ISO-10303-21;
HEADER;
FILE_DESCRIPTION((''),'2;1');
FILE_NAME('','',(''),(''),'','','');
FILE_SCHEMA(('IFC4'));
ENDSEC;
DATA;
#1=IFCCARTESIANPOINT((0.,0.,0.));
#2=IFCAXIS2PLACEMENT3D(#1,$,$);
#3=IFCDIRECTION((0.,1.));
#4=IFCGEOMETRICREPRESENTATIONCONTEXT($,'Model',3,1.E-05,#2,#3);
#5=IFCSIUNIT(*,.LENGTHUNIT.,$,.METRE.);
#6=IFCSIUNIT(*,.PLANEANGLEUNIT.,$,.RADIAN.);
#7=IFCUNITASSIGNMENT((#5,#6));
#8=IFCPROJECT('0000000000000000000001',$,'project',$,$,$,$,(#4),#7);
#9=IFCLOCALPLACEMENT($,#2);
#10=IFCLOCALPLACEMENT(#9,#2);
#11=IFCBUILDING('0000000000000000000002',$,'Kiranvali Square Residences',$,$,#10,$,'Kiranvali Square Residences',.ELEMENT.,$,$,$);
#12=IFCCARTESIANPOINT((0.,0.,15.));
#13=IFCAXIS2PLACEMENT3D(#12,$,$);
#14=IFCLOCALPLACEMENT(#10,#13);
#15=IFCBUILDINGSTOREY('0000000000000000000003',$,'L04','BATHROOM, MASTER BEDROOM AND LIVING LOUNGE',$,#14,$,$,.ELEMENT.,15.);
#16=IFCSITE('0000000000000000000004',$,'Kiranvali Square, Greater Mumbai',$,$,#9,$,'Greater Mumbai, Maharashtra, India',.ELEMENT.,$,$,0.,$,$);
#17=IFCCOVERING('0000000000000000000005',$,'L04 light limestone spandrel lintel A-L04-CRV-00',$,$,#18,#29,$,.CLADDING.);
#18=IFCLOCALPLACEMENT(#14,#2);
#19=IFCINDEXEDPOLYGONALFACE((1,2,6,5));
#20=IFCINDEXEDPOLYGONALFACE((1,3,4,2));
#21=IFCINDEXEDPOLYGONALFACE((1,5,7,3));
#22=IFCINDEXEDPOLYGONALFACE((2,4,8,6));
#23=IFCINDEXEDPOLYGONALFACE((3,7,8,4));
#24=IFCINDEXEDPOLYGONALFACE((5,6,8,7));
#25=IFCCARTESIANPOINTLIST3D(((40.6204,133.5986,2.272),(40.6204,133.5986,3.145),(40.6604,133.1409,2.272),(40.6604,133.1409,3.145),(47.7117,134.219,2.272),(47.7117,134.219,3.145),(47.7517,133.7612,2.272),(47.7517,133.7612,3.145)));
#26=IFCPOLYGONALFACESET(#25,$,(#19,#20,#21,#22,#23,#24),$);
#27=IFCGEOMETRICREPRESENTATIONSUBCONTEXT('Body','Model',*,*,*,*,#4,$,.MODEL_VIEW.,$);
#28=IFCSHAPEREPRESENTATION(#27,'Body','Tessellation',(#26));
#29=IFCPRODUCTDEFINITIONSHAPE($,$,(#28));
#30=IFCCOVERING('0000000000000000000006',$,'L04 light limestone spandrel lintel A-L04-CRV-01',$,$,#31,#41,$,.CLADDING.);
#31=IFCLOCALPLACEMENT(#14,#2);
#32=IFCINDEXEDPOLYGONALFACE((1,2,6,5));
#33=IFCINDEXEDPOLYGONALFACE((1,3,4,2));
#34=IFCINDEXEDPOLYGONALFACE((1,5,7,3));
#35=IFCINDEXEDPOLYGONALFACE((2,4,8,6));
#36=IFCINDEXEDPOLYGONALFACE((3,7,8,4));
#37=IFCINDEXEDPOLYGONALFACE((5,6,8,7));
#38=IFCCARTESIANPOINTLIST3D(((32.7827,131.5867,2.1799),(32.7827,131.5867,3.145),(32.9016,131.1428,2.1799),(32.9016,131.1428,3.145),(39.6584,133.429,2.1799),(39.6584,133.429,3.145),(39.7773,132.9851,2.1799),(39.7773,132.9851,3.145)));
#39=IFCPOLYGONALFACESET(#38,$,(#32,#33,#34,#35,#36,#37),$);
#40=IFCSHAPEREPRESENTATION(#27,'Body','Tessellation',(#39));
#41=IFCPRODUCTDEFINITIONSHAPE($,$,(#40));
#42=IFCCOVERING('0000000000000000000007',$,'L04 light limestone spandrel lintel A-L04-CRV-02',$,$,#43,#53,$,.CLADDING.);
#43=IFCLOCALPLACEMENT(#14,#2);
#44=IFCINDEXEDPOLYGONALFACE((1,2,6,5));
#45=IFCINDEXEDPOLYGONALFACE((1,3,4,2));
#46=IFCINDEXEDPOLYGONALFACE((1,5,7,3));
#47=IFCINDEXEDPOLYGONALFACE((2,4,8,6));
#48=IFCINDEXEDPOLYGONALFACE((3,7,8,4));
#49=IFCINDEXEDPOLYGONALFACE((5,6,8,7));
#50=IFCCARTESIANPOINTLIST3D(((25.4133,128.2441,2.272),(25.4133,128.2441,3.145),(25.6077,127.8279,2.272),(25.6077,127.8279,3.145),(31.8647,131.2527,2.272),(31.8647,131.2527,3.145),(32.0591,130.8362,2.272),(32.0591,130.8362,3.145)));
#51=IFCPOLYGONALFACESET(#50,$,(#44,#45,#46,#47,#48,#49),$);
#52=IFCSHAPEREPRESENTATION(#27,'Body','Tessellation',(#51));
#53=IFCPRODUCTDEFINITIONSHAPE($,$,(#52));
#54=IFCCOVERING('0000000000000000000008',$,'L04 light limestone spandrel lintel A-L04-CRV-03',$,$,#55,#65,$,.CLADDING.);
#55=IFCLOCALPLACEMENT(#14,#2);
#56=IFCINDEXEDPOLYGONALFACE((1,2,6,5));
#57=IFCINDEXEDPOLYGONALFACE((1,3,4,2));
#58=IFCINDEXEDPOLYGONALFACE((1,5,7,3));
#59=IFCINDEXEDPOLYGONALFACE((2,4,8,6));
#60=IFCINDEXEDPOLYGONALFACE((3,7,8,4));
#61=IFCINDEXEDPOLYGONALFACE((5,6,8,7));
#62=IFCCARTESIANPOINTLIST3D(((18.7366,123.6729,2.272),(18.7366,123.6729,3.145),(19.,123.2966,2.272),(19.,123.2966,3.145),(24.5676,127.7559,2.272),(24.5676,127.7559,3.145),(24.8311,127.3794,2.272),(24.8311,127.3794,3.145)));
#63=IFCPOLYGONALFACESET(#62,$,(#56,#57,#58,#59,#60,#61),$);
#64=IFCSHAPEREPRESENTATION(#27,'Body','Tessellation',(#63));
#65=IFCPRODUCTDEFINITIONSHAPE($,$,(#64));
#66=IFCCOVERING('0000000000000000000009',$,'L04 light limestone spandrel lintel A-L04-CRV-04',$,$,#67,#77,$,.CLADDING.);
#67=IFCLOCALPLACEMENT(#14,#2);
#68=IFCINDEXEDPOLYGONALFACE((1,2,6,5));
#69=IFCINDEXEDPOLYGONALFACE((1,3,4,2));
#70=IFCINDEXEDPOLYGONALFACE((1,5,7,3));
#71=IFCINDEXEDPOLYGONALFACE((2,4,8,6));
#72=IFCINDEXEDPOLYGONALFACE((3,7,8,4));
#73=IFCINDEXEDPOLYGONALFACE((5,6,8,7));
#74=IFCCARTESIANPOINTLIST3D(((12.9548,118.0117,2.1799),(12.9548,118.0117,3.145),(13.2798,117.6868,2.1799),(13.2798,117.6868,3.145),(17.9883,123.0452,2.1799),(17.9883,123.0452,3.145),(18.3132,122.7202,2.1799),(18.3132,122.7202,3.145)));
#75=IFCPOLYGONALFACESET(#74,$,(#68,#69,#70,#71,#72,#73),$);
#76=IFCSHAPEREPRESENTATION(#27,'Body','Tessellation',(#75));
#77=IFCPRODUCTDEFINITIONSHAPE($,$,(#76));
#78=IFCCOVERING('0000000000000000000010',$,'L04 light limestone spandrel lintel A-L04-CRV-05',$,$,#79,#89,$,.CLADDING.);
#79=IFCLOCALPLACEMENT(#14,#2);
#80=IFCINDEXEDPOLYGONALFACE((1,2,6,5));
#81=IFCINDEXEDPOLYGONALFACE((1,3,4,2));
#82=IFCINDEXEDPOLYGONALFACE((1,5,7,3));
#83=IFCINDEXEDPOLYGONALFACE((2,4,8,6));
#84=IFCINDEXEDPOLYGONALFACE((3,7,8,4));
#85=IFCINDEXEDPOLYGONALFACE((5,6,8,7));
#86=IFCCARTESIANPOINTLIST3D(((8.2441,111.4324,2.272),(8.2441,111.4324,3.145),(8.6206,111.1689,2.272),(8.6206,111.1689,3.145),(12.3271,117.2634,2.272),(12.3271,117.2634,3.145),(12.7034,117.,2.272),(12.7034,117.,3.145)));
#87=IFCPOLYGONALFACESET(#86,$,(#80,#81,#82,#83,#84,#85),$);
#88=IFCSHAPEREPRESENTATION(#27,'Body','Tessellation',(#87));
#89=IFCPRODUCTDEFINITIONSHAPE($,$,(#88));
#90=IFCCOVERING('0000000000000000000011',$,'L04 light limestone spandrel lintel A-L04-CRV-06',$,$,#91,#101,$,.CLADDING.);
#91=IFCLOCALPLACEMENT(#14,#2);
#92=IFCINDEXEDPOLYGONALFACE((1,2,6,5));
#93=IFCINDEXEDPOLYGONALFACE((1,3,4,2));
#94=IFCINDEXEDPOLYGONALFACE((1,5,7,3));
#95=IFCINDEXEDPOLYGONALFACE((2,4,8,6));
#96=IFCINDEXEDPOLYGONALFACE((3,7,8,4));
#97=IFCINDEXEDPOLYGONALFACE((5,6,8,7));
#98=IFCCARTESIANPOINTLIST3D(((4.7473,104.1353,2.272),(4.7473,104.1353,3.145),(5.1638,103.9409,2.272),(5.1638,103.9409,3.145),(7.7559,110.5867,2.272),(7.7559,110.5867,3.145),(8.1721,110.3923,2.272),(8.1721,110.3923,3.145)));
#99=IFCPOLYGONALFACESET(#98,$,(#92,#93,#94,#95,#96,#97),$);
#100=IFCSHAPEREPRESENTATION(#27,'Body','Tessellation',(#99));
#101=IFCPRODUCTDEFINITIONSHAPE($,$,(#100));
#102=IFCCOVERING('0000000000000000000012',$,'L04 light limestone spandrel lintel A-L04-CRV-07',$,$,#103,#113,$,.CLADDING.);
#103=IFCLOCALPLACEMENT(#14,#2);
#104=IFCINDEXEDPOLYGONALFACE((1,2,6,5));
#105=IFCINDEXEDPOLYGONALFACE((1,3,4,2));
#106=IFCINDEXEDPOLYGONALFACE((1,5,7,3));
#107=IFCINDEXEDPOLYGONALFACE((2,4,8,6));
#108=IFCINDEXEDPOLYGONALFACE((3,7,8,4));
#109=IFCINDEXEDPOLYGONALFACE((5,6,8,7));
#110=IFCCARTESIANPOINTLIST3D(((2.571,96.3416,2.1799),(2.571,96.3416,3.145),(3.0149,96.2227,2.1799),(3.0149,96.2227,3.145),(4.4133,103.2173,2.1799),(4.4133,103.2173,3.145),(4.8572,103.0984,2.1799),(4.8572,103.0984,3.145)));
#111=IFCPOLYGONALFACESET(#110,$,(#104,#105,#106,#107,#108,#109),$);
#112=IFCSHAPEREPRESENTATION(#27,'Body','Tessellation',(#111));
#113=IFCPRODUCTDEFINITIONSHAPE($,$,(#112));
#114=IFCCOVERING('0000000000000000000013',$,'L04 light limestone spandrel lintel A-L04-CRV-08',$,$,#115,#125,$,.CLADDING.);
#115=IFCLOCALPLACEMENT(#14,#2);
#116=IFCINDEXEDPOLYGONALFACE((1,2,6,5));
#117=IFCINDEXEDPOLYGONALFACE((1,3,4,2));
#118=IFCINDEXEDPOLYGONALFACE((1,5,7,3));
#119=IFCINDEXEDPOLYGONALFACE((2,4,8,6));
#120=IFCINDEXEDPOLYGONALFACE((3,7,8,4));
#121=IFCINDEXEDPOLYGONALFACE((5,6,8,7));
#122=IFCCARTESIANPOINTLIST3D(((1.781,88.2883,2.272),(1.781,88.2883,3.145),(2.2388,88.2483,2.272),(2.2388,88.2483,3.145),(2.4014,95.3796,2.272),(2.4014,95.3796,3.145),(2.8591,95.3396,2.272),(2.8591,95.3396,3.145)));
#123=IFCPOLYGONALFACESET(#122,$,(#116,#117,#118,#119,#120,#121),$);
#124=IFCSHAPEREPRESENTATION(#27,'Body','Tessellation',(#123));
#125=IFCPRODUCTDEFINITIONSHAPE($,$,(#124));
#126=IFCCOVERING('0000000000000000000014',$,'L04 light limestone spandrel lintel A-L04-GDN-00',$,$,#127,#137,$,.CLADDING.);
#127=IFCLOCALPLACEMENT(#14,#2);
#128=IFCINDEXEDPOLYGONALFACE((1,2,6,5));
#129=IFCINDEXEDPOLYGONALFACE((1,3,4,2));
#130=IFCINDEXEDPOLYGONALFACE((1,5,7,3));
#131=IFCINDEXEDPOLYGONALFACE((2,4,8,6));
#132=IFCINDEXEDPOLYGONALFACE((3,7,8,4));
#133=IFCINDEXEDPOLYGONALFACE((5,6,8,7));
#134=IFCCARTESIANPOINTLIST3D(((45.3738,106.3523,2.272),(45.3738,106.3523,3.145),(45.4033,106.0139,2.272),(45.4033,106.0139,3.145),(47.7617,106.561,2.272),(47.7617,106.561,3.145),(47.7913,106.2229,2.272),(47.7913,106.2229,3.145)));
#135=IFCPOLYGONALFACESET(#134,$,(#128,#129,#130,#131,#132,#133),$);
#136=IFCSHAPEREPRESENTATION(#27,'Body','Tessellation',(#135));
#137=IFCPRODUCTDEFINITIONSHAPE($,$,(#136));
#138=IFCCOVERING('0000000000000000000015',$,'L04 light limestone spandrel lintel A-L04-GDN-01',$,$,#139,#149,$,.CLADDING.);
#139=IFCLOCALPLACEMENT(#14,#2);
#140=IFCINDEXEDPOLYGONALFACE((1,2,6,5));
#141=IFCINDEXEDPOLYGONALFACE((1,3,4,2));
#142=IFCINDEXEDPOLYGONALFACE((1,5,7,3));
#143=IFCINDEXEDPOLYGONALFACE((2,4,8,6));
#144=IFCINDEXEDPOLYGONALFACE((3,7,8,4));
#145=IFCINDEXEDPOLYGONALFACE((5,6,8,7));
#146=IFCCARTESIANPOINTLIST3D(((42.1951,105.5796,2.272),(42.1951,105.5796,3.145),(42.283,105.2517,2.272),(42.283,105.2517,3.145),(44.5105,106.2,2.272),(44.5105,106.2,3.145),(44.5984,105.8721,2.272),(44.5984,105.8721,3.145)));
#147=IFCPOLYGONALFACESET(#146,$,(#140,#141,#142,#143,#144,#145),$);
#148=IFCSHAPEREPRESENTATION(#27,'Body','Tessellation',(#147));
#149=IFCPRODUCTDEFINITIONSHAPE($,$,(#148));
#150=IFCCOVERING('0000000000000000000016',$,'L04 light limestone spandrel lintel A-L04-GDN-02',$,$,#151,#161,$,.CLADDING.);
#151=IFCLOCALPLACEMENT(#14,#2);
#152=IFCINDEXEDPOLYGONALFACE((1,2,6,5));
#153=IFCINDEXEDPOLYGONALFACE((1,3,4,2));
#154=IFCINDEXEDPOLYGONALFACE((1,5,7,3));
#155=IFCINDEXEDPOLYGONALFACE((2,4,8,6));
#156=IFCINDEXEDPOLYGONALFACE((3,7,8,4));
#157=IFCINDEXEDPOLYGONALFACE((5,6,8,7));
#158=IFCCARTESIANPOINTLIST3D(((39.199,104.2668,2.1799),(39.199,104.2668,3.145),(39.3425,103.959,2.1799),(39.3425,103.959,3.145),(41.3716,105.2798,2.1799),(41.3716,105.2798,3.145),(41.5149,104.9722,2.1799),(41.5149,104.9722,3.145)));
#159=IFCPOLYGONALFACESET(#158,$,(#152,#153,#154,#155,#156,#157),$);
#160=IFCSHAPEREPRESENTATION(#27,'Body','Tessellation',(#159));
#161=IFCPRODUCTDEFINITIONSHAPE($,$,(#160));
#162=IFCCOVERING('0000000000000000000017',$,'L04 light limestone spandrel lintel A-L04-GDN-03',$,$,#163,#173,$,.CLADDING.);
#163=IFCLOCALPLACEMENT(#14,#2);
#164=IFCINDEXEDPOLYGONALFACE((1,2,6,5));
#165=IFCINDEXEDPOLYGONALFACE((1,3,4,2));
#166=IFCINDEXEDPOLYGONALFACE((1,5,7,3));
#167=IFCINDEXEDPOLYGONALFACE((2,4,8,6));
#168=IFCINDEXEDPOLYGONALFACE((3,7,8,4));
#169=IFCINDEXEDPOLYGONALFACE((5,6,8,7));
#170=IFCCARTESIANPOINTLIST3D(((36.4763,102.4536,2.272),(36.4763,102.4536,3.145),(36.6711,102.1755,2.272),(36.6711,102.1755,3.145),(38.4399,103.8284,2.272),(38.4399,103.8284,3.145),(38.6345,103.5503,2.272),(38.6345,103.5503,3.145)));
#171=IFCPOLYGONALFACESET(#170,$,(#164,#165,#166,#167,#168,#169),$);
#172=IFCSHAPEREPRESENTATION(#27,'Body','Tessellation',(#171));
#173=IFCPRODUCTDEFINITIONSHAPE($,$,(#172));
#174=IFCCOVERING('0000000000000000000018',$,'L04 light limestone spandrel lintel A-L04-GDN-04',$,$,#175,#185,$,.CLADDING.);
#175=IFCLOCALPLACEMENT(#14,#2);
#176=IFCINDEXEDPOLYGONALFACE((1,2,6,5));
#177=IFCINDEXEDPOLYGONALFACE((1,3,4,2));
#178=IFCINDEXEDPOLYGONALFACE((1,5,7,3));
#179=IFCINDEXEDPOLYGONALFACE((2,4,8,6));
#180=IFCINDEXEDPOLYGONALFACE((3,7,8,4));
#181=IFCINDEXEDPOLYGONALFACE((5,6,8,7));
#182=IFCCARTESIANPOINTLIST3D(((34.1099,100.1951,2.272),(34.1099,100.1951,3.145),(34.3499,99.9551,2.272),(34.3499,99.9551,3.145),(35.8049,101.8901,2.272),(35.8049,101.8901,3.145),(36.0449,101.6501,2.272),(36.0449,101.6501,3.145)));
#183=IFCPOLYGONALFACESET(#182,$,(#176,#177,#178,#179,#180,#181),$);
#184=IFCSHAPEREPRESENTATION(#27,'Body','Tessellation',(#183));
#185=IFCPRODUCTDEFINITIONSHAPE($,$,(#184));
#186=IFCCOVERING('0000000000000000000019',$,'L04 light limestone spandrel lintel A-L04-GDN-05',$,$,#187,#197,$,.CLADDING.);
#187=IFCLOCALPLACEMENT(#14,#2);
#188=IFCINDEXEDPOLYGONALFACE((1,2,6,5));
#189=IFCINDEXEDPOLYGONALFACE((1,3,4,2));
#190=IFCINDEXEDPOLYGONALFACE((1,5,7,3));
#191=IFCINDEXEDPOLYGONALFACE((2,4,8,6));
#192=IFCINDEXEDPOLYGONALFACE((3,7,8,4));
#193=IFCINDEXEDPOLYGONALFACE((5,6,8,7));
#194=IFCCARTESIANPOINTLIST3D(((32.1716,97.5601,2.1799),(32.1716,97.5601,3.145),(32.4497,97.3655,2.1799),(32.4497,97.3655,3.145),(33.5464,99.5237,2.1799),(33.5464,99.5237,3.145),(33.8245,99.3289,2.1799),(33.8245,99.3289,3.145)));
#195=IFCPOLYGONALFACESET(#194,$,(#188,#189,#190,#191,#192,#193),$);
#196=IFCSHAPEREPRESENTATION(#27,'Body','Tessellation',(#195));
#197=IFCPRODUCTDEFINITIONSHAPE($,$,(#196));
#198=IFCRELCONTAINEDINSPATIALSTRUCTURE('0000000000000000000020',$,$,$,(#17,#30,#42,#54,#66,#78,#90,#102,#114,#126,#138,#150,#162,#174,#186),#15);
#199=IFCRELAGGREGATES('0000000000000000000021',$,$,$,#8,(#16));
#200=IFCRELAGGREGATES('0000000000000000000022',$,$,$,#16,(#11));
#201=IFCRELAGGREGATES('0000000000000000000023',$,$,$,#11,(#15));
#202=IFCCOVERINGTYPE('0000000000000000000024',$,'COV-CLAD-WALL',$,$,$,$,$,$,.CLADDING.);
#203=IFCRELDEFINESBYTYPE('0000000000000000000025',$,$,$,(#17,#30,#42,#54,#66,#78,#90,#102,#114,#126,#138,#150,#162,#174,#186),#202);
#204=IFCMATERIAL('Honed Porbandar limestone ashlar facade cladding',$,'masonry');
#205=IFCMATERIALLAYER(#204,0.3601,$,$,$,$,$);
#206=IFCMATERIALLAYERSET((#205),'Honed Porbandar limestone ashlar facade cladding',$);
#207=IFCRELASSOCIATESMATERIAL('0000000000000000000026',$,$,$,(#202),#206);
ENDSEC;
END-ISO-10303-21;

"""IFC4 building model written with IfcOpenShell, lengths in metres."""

from ifc_helpers import new_model, si_unit, direction, frame, origin, place, context, subcontext, project, spatial, polyline, outline, extrude, material, layer, layer_set, type_object, element, save


model = new_model("IFC4")

# Units and contexts
model_context = context("Model", 3, precision=1e-05, world=origin(), true_north=direction((0.0, 1.0)))
body_context = subcontext(model_context, "Body", "Model", "MODEL_VIEW")
ifc_project = project(units=[si_unit("LENGTHUNIT", "METRE"), si_unit("PLANEANGLEUNIT", "RADIAN")], contexts=[model_context])

# Site, building, storey
site_placement = place(None, origin())
site = spatial("IfcSite", under=ifc_project, at=site_placement, Name="Kiranvali Square, Greater Mumbai", LongName="Greater Mumbai, Maharashtra, India", CompositionType="ELEMENT", RefElevation=0.0)
building_placement = place(site_placement, origin())
building = spatial("IfcBuilding", under=site, at=building_placement, Name="Kiranvali Square Residences", LongName="Kiranvali Square Residences", CompositionType="ELEMENT")
storey_placement = place(building_placement, frame((0.0, 0.0, 15.0)))
storey = spatial("IfcBuildingStorey", under=building, at=storey_placement, Name="L04", Description="BATHROOM, MASTER BEDROOM AND LIVING LOUNGE", CompositionType="ELEMENT", Elevation=15.0)

# Coverings
ifc_material = material(Name="Honed Porbandar limestone ashlar facade cladding", Category="masonry")
ifc_layer = layer(ifc_material, 0.3601)
ifc_layer_set = layer_set([ifc_layer], Name="Honed Porbandar limestone ashlar facade cladding")
covering_type = type_object("IfcCoveringType", Name="COV-CLAD-WALL", PredefinedType="CLADDING", material=ifc_layer_set)
covering_1_placement = place(storey_placement, frame((0.0, 0.0, 2.272)))
element("IfcCovering", 1, at=covering_1_placement, inside=storey, type_object=covering_type, Name="L04 light limestone spandrel lintel A-L04-CRV-00", PredefinedType="CLADDING", context=body_context, shape_type="SweptSolid", body=[
    extrude(outline(polyline([(47.7117, 134.219), (40.6204, 133.5986), (40.6604, 133.1409), (47.7517, 133.7612), (47.7117, 134.219)])), origin(), (0.0, 0.0, 1.0), 0.873),
])
covering_2_placement = place(storey_placement, frame((0.0, 0.0, 2.1799)))
element("IfcCovering", 2, at=covering_2_placement, inside=storey, type_object=covering_type, Name="L04 light limestone spandrel lintel A-L04-CRV-01", PredefinedType="CLADDING", context=body_context, shape_type="SweptSolid", body=[
    extrude(outline(polyline([(39.6584, 133.429), (32.7827, 131.5867), (32.9016, 131.1428), (39.7773, 132.9851), (39.6584, 133.429)])), origin(), (0.0, 0.0, 1.0), 0.9651),
])
covering_3_placement = place(storey_placement, frame((0.0, 0.0, 2.272)))
element("IfcCovering", 3, at=covering_3_placement, inside=storey, type_object=covering_type, Name="L04 light limestone spandrel lintel A-L04-CRV-02", PredefinedType="CLADDING", context=body_context, shape_type="SweptSolid", body=[
    extrude(outline(polyline([(31.8647, 131.2527), (25.4133, 128.2441), (25.6077, 127.8279), (32.0591, 130.8362), (31.8647, 131.2527)])), origin(), (0.0, 0.0, 1.0), 0.873),
])
covering_4_placement = place(storey_placement, frame((0.0, 0.0, 2.272)))
element("IfcCovering", 4, at=covering_4_placement, inside=storey, type_object=covering_type, Name="L04 light limestone spandrel lintel A-L04-CRV-03", PredefinedType="CLADDING", context=body_context, shape_type="SweptSolid", body=[
    extrude(outline(polyline([(24.5676, 127.7559), (18.7366, 123.6729), (19.0, 123.2966), (24.8311, 127.3794), (24.5676, 127.7559)])), origin(), (0.0, 0.0, 1.0), 0.873),
])
covering_5_placement = place(storey_placement, frame((0.0, 0.0, 2.1799)))
element("IfcCovering", 5, at=covering_5_placement, inside=storey, type_object=covering_type, Name="L04 light limestone spandrel lintel A-L04-CRV-04", PredefinedType="CLADDING", context=body_context, shape_type="SweptSolid", body=[
    extrude(outline(polyline([(17.9883, 123.0452), (12.9548, 118.0117), (13.2798, 117.6868), (18.3132, 122.7202), (17.9883, 123.0452)])), origin(), (0.0, 0.0, 1.0), 0.9651),
])
covering_6_placement = place(storey_placement, frame((0.0, 0.0, 2.272)))
element("IfcCovering", 6, at=covering_6_placement, inside=storey, type_object=covering_type, Name="L04 light limestone spandrel lintel A-L04-CRV-05", PredefinedType="CLADDING", context=body_context, shape_type="SweptSolid", body=[
    extrude(outline(polyline([(12.3271, 117.2634), (8.2441, 111.4324), (8.6206, 111.1689), (12.7034, 117.0), (12.3271, 117.2634)])), origin(), (0.0, 0.0, 1.0), 0.873),
])
covering_7_placement = place(storey_placement, frame((0.0, 0.0, 2.272)))
element("IfcCovering", 7, at=covering_7_placement, inside=storey, type_object=covering_type, Name="L04 light limestone spandrel lintel A-L04-CRV-06", PredefinedType="CLADDING", context=body_context, shape_type="SweptSolid", body=[
    extrude(outline(polyline([(7.7559, 110.5867), (4.7473, 104.1353), (5.1638, 103.9409), (8.1721, 110.3923), (7.7559, 110.5867)])), origin(), (0.0, 0.0, 1.0), 0.873),
])
covering_8_placement = place(storey_placement, frame((0.0, 0.0, 2.1799)))
element("IfcCovering", 8, at=covering_8_placement, inside=storey, type_object=covering_type, Name="L04 light limestone spandrel lintel A-L04-CRV-07", PredefinedType="CLADDING", context=body_context, shape_type="SweptSolid", body=[
    extrude(outline(polyline([(4.4133, 103.2173), (2.571, 96.3416), (3.0149, 96.2227), (4.8572, 103.0984), (4.4133, 103.2173)])), origin(), (0.0, 0.0, 1.0), 0.9651),
])
covering_9_placement = place(storey_placement, frame((0.0, 0.0, 2.272)))
element("IfcCovering", 9, at=covering_9_placement, inside=storey, type_object=covering_type, Name="L04 light limestone spandrel lintel A-L04-CRV-08", PredefinedType="CLADDING", context=body_context, shape_type="SweptSolid", body=[
    extrude(outline(polyline([(2.4014, 95.3796), (1.781, 88.2883), (2.2388, 88.2483), (2.8591, 95.3396), (2.4014, 95.3796)])), origin(), (0.0, 0.0, 1.0), 0.873),
])
covering_10_placement = place(storey_placement, frame((0.0, 0.0, 2.272)))
element("IfcCovering", 10, at=covering_10_placement, inside=storey, type_object=covering_type, Name="L04 light limestone spandrel lintel A-L04-GDN-00", PredefinedType="CLADDING", context=body_context, shape_type="SweptSolid", body=[
    extrude(outline(polyline([(47.7617, 106.561), (45.3738, 106.3523), (45.4033, 106.0139), (47.7913, 106.2229), (47.7617, 106.561)])), origin(), (0.0, 0.0, 1.0), 0.873),
])
covering_11_placement = place(storey_placement, frame((0.0, 0.0, 2.272)))
element("IfcCovering", 11, at=covering_11_placement, inside=storey, type_object=covering_type, Name="L04 light limestone spandrel lintel A-L04-GDN-01", PredefinedType="CLADDING", context=body_context, shape_type="SweptSolid", body=[
    extrude(outline(polyline([(44.5105, 106.2), (42.1951, 105.5796), (42.283, 105.2517), (44.5984, 105.8721), (44.5105, 106.2)])), origin(), (0.0, 0.0, 1.0), 0.873),
])
covering_12_placement = place(storey_placement, frame((0.0, 0.0, 2.1799)))
element("IfcCovering", 12, at=covering_12_placement, inside=storey, type_object=covering_type, Name="L04 light limestone spandrel lintel A-L04-GDN-02", PredefinedType="CLADDING", context=body_context, shape_type="SweptSolid", body=[
    extrude(outline(polyline([(41.3716, 105.2798), (39.199, 104.2668), (39.3425, 103.959), (41.5149, 104.9722), (41.3716, 105.2798)])), origin(), (0.0, 0.0, 1.0), 0.9651),
])
covering_13_placement = place(storey_placement, frame((0.0, 0.0, 2.272)))
element("IfcCovering", 13, at=covering_13_placement, inside=storey, type_object=covering_type, Name="L04 light limestone spandrel lintel A-L04-GDN-03", PredefinedType="CLADDING", context=body_context, shape_type="SweptSolid", body=[
    extrude(outline(polyline([(38.4399, 103.8284), (36.4763, 102.4536), (36.6711, 102.1755), (38.6345, 103.5503), (38.4399, 103.8284)])), origin(), (0.0, 0.0, 1.0), 0.873),
])
covering_14_placement = place(storey_placement, frame((0.0, 0.0, 2.272)))
element("IfcCovering", 14, at=covering_14_placement, inside=storey, type_object=covering_type, Name="L04 light limestone spandrel lintel A-L04-GDN-04", PredefinedType="CLADDING", context=body_context, shape_type="SweptSolid", body=[
    extrude(outline(polyline([(35.8049, 101.8901), (34.1099, 100.1951), (34.3499, 99.9551), (36.0449, 101.6501), (35.8049, 101.8901)])), origin(), (0.0, 0.0, 1.0), 0.873),
])
covering_15_placement = place(storey_placement, frame((0.0, 0.0, 2.1799)))
element("IfcCovering", 15, at=covering_15_placement, inside=storey, type_object=covering_type, Name="L04 light limestone spandrel lintel A-L04-GDN-05", PredefinedType="CLADDING", context=body_context, shape_type="SweptSolid", body=[
    extrude(outline(polyline([(33.5464, 99.5237), (32.1716, 97.5601), (32.4497, 97.3655), (33.8245, 99.3289), (33.5464, 99.5237)])), origin(), (0.0, 0.0, 1.0), 0.9651),
])

save(model, "model.ifc")
